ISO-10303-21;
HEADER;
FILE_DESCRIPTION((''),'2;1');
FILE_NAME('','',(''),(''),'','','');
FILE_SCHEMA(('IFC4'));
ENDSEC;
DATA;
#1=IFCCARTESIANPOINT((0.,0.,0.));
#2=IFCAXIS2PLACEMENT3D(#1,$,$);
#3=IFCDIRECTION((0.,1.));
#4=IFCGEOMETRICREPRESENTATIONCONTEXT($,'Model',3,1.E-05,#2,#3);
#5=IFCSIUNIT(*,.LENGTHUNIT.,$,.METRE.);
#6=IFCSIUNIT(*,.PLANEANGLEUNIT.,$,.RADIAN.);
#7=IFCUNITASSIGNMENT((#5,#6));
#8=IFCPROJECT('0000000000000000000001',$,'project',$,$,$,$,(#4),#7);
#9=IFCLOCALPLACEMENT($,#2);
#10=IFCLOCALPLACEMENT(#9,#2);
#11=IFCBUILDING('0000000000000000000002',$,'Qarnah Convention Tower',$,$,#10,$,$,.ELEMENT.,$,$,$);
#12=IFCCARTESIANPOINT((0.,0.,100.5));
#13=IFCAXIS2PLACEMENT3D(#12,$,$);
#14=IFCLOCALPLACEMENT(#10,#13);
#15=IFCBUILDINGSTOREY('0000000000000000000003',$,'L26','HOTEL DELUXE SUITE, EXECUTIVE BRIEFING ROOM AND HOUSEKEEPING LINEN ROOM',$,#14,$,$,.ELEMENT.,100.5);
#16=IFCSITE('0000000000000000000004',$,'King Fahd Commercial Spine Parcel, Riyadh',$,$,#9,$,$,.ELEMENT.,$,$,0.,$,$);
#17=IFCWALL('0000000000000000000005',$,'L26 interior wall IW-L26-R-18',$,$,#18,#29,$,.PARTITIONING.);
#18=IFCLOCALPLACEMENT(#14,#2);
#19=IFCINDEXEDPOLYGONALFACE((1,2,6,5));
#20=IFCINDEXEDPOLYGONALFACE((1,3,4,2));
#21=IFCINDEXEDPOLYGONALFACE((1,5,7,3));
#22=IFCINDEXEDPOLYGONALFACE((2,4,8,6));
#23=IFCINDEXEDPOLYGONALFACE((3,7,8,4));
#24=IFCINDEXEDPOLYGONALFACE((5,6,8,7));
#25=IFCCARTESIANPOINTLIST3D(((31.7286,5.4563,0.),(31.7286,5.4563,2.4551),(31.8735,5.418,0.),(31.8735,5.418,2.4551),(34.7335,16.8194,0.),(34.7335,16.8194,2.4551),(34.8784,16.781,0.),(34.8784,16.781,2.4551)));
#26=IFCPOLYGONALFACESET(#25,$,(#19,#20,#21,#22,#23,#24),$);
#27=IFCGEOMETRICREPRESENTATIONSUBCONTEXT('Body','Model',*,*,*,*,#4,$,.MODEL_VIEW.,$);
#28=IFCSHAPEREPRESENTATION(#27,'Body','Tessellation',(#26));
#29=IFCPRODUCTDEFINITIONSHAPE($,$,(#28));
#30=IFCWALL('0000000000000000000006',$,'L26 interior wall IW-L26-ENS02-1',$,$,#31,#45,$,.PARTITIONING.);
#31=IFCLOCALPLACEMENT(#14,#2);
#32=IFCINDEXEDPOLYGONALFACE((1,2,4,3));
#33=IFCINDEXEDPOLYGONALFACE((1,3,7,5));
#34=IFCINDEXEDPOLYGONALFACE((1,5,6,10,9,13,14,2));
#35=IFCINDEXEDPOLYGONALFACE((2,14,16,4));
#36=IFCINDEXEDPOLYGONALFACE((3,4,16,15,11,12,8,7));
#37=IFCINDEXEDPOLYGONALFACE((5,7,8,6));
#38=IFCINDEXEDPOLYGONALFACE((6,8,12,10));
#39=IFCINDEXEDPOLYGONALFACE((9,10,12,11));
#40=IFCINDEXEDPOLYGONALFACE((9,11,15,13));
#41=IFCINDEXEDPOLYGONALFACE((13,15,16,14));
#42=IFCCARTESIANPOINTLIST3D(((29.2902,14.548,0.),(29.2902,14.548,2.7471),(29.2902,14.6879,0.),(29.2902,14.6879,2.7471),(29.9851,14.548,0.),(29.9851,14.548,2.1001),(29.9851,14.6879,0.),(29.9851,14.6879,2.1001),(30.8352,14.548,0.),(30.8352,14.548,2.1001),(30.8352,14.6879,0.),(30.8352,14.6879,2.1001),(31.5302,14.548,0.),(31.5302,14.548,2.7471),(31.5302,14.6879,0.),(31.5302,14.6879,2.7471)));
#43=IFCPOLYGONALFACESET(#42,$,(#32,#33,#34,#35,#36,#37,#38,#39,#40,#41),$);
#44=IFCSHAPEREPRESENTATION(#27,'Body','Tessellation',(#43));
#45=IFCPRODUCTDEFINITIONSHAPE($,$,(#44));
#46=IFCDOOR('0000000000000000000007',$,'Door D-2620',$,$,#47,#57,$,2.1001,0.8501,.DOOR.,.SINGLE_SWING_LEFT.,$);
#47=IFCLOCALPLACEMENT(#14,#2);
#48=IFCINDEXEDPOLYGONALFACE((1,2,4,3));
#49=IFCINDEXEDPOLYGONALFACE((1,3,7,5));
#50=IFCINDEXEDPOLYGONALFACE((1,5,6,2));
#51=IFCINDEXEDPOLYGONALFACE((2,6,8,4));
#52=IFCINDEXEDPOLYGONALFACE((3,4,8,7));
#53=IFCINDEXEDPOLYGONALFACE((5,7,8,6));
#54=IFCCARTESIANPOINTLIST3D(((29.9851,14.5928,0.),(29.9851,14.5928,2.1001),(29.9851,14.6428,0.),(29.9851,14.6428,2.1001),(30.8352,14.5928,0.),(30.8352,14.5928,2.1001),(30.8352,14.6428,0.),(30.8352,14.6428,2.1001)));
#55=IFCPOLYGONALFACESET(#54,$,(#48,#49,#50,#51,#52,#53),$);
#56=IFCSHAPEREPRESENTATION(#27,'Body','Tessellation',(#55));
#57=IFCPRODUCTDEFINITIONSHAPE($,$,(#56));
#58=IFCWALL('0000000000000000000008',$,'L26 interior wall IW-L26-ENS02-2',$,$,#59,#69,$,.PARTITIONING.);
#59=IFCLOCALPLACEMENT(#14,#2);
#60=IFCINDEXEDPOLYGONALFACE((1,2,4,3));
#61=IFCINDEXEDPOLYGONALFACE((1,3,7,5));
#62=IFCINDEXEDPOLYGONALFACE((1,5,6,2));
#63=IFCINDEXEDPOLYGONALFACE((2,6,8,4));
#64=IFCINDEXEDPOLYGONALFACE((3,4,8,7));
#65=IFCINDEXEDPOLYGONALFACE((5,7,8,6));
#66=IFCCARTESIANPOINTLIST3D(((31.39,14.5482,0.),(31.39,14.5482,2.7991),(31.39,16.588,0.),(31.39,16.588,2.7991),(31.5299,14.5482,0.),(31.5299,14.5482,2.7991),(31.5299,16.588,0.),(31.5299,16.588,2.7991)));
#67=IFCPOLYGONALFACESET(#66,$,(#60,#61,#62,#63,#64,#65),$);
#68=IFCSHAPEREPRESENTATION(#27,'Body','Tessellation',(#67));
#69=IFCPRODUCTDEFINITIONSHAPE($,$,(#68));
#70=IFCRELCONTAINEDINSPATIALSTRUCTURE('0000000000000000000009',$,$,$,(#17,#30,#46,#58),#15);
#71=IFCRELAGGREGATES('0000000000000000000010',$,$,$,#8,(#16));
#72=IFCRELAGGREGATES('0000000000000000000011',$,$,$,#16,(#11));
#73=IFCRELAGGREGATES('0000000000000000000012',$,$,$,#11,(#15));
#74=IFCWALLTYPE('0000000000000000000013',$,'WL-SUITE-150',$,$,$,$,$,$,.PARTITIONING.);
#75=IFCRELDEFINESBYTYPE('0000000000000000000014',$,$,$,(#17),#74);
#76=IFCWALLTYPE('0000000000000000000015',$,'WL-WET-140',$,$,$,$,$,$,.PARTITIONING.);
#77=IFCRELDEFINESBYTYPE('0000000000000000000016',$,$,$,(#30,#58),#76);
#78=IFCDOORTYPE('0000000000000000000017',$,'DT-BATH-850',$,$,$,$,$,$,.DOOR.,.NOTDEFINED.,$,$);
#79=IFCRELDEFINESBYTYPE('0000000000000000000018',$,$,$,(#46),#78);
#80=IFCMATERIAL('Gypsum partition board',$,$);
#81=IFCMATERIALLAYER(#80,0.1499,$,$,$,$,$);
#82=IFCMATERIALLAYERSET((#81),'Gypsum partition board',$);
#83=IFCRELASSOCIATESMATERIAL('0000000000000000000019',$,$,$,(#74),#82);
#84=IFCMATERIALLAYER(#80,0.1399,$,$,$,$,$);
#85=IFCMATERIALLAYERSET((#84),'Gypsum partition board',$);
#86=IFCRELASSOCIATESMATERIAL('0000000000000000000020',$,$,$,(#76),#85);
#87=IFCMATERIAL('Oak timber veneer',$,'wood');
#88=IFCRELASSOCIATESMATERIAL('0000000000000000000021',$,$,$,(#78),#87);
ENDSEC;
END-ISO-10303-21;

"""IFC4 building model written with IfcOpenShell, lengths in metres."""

from ifc_helpers import new_model, si_unit, direction, frame, frame_2d, origin, place, context, subcontext, project, spatial, rectangle, extrude, material, layer, layer_set, type_object, element, fill, save


model = new_model("IFC4")

# Units and contexts
model_context = context("Model", 3, precision=1e-05, world=origin(), true_north=direction((0.0, 1.0)))
body_context = subcontext(model_context, "Body", "Model", "MODEL_VIEW")
ifc_project = project(units=[si_unit("LENGTHUNIT", "METRE"), si_unit("PLANEANGLEUNIT", "RADIAN")], contexts=[model_context])

# Site, building, storey
site_placement = place(None, origin())
site = spatial("IfcSite", under=ifc_project, at=site_placement, Name="King Fahd Commercial Spine Parcel, Riyadh", CompositionType="ELEMENT", RefElevation=0.0)
building_placement = place(site_placement, origin())
building = spatial("IfcBuilding", under=site, at=building_placement, Name="Qarnah Convention Tower", CompositionType="ELEMENT")
storey_placement = place(building_placement, frame((0.0, 0.0, 100.5)))
storey = spatial("IfcBuildingStorey", under=building, at=storey_placement, Name="L26", Description="HOTEL DELUXE SUITE, EXECUTIVE BRIEFING ROOM AND HOUSEKEEPING LINEN ROOM", CompositionType="ELEMENT", Elevation=100.5)

# Wall
ifc_material_1 = material(Name="Gypsum partition board")
ifc_layer_1 = layer(ifc_material_1, 0.1499)
ifc_layer_set_1 = layer_set([ifc_layer_1], Name="Gypsum partition board")
wall_type_1 = type_object("IfcWallType", Name="WL-SUITE-150", PredefinedType="PARTITIONING", material=ifc_layer_set_1)
wall_1_placement = place(storey_placement, frame((31.801, 5.437, 0.0), z_axis=(0.0, 0.0, 1.0), x_axis=(0.255656, 0.966768, 0.0)))
element("IfcWall", 1, at=wall_1_placement, inside=storey, type_object=wall_type_1, Name="L26 interior wall IW-L26-R-18", PredefinedType="PARTITIONING", context=body_context, shape_type="SweptSolid", body=[
    extrude(rectangle(XDim=11.7537, YDim=0.1499, at=frame_2d((5.877, 0.0))), origin(), (0.0, 0.0, 1.0), 2.4551),
])

# Wall, opening, door
ifc_layer_2 = layer(ifc_material_1, 0.1399)
ifc_layer_set_2 = layer_set([ifc_layer_2], Name="Gypsum partition board")
wall_type_2 = type_object("IfcWallType", Name="WL-WET-140", PredefinedType="PARTITIONING", material=ifc_layer_set_2)
wall_2_placement = place(storey_placement, frame((29.29, 14.6179, 0.0), z_axis=(0.0, 0.0, 1.0), x_axis=(1.0, 0.0, 0.0)))
wall_2 = element("IfcWall", 2, at=wall_2_placement, inside=storey, type_object=wall_type_2, Name="L26 interior wall IW-L26-ENS02-1", PredefinedType="PARTITIONING", context=body_context, shape_type="SweptSolid", body=[
    extrude(rectangle(XDim=2.24, YDim=0.1399, at=frame_2d((1.1201, 0.0))), origin(), (0.0, 0.0, 1.0), 2.7471),
])
opening_placement = place(wall_2_placement, frame((0.6951, 0.0, 0.0)))
opening = element("IfcOpeningElement", 3, at=opening_placement, cuts=wall_2, PredefinedType="OPENING", context=body_context, shape_type="SweptSolid", body=[
    extrude(rectangle(XDim=0.8501, YDim=2.1001, at=frame_2d((0.425, 1.05))), frame((0.0, 0.0798, 0.0), z_axis=(0.0, -1.0, 0.0), x_axis=(1.0, 0.0, 0.0)), (0.0, 0.0, 1.0), 0.1599),
])
ifc_material_2 = material(Name="Oak timber veneer", Category="wood")
door_type = type_object("IfcDoorType", Name="DT-BATH-850", OperationType="NOTDEFINED", PredefinedType="DOOR", material=ifc_material_2)
door_placement = place(opening_placement, origin())
door = element("IfcDoor", 4, at=door_placement, inside=storey, type_object=door_type, Name="Door D-2620", OperationType="SINGLE_SWING_LEFT", OverallHeight=2.1001, OverallWidth=0.8501, PredefinedType="DOOR", context=body_context, shape_type="SweptSolid", body=[
    extrude(rectangle(XDim=0.8501, YDim=2.1001, at=frame_2d((0.425, 1.05))), frame((0.0, 0.0249, 0.0), z_axis=(0.0, -1.0, 0.0), x_axis=(1.0, 0.0, 0.0)), (0.0, 0.0, 1.0), 0.05),
])
fill(opening, door)

# Wall
wall_3_placement = place(storey_placement, frame((31.46, 14.5481, 0.0), z_axis=(0.0, 0.0, 1.0), x_axis=(0.0, 1.0, 0.0)))
element("IfcWall", 5, at=wall_3_placement, inside=storey, type_object=wall_type_2, Name="L26 interior wall IW-L26-ENS02-2", PredefinedType="PARTITIONING", context=body_context, shape_type="SweptSolid", body=[
    extrude(rectangle(XDim=2.0398, YDim=0.1399, at=frame_2d((1.02, 0.0))), origin(), (0.0, 0.0, 1.0), 2.7991),
])

save(model, "model.ifc")
